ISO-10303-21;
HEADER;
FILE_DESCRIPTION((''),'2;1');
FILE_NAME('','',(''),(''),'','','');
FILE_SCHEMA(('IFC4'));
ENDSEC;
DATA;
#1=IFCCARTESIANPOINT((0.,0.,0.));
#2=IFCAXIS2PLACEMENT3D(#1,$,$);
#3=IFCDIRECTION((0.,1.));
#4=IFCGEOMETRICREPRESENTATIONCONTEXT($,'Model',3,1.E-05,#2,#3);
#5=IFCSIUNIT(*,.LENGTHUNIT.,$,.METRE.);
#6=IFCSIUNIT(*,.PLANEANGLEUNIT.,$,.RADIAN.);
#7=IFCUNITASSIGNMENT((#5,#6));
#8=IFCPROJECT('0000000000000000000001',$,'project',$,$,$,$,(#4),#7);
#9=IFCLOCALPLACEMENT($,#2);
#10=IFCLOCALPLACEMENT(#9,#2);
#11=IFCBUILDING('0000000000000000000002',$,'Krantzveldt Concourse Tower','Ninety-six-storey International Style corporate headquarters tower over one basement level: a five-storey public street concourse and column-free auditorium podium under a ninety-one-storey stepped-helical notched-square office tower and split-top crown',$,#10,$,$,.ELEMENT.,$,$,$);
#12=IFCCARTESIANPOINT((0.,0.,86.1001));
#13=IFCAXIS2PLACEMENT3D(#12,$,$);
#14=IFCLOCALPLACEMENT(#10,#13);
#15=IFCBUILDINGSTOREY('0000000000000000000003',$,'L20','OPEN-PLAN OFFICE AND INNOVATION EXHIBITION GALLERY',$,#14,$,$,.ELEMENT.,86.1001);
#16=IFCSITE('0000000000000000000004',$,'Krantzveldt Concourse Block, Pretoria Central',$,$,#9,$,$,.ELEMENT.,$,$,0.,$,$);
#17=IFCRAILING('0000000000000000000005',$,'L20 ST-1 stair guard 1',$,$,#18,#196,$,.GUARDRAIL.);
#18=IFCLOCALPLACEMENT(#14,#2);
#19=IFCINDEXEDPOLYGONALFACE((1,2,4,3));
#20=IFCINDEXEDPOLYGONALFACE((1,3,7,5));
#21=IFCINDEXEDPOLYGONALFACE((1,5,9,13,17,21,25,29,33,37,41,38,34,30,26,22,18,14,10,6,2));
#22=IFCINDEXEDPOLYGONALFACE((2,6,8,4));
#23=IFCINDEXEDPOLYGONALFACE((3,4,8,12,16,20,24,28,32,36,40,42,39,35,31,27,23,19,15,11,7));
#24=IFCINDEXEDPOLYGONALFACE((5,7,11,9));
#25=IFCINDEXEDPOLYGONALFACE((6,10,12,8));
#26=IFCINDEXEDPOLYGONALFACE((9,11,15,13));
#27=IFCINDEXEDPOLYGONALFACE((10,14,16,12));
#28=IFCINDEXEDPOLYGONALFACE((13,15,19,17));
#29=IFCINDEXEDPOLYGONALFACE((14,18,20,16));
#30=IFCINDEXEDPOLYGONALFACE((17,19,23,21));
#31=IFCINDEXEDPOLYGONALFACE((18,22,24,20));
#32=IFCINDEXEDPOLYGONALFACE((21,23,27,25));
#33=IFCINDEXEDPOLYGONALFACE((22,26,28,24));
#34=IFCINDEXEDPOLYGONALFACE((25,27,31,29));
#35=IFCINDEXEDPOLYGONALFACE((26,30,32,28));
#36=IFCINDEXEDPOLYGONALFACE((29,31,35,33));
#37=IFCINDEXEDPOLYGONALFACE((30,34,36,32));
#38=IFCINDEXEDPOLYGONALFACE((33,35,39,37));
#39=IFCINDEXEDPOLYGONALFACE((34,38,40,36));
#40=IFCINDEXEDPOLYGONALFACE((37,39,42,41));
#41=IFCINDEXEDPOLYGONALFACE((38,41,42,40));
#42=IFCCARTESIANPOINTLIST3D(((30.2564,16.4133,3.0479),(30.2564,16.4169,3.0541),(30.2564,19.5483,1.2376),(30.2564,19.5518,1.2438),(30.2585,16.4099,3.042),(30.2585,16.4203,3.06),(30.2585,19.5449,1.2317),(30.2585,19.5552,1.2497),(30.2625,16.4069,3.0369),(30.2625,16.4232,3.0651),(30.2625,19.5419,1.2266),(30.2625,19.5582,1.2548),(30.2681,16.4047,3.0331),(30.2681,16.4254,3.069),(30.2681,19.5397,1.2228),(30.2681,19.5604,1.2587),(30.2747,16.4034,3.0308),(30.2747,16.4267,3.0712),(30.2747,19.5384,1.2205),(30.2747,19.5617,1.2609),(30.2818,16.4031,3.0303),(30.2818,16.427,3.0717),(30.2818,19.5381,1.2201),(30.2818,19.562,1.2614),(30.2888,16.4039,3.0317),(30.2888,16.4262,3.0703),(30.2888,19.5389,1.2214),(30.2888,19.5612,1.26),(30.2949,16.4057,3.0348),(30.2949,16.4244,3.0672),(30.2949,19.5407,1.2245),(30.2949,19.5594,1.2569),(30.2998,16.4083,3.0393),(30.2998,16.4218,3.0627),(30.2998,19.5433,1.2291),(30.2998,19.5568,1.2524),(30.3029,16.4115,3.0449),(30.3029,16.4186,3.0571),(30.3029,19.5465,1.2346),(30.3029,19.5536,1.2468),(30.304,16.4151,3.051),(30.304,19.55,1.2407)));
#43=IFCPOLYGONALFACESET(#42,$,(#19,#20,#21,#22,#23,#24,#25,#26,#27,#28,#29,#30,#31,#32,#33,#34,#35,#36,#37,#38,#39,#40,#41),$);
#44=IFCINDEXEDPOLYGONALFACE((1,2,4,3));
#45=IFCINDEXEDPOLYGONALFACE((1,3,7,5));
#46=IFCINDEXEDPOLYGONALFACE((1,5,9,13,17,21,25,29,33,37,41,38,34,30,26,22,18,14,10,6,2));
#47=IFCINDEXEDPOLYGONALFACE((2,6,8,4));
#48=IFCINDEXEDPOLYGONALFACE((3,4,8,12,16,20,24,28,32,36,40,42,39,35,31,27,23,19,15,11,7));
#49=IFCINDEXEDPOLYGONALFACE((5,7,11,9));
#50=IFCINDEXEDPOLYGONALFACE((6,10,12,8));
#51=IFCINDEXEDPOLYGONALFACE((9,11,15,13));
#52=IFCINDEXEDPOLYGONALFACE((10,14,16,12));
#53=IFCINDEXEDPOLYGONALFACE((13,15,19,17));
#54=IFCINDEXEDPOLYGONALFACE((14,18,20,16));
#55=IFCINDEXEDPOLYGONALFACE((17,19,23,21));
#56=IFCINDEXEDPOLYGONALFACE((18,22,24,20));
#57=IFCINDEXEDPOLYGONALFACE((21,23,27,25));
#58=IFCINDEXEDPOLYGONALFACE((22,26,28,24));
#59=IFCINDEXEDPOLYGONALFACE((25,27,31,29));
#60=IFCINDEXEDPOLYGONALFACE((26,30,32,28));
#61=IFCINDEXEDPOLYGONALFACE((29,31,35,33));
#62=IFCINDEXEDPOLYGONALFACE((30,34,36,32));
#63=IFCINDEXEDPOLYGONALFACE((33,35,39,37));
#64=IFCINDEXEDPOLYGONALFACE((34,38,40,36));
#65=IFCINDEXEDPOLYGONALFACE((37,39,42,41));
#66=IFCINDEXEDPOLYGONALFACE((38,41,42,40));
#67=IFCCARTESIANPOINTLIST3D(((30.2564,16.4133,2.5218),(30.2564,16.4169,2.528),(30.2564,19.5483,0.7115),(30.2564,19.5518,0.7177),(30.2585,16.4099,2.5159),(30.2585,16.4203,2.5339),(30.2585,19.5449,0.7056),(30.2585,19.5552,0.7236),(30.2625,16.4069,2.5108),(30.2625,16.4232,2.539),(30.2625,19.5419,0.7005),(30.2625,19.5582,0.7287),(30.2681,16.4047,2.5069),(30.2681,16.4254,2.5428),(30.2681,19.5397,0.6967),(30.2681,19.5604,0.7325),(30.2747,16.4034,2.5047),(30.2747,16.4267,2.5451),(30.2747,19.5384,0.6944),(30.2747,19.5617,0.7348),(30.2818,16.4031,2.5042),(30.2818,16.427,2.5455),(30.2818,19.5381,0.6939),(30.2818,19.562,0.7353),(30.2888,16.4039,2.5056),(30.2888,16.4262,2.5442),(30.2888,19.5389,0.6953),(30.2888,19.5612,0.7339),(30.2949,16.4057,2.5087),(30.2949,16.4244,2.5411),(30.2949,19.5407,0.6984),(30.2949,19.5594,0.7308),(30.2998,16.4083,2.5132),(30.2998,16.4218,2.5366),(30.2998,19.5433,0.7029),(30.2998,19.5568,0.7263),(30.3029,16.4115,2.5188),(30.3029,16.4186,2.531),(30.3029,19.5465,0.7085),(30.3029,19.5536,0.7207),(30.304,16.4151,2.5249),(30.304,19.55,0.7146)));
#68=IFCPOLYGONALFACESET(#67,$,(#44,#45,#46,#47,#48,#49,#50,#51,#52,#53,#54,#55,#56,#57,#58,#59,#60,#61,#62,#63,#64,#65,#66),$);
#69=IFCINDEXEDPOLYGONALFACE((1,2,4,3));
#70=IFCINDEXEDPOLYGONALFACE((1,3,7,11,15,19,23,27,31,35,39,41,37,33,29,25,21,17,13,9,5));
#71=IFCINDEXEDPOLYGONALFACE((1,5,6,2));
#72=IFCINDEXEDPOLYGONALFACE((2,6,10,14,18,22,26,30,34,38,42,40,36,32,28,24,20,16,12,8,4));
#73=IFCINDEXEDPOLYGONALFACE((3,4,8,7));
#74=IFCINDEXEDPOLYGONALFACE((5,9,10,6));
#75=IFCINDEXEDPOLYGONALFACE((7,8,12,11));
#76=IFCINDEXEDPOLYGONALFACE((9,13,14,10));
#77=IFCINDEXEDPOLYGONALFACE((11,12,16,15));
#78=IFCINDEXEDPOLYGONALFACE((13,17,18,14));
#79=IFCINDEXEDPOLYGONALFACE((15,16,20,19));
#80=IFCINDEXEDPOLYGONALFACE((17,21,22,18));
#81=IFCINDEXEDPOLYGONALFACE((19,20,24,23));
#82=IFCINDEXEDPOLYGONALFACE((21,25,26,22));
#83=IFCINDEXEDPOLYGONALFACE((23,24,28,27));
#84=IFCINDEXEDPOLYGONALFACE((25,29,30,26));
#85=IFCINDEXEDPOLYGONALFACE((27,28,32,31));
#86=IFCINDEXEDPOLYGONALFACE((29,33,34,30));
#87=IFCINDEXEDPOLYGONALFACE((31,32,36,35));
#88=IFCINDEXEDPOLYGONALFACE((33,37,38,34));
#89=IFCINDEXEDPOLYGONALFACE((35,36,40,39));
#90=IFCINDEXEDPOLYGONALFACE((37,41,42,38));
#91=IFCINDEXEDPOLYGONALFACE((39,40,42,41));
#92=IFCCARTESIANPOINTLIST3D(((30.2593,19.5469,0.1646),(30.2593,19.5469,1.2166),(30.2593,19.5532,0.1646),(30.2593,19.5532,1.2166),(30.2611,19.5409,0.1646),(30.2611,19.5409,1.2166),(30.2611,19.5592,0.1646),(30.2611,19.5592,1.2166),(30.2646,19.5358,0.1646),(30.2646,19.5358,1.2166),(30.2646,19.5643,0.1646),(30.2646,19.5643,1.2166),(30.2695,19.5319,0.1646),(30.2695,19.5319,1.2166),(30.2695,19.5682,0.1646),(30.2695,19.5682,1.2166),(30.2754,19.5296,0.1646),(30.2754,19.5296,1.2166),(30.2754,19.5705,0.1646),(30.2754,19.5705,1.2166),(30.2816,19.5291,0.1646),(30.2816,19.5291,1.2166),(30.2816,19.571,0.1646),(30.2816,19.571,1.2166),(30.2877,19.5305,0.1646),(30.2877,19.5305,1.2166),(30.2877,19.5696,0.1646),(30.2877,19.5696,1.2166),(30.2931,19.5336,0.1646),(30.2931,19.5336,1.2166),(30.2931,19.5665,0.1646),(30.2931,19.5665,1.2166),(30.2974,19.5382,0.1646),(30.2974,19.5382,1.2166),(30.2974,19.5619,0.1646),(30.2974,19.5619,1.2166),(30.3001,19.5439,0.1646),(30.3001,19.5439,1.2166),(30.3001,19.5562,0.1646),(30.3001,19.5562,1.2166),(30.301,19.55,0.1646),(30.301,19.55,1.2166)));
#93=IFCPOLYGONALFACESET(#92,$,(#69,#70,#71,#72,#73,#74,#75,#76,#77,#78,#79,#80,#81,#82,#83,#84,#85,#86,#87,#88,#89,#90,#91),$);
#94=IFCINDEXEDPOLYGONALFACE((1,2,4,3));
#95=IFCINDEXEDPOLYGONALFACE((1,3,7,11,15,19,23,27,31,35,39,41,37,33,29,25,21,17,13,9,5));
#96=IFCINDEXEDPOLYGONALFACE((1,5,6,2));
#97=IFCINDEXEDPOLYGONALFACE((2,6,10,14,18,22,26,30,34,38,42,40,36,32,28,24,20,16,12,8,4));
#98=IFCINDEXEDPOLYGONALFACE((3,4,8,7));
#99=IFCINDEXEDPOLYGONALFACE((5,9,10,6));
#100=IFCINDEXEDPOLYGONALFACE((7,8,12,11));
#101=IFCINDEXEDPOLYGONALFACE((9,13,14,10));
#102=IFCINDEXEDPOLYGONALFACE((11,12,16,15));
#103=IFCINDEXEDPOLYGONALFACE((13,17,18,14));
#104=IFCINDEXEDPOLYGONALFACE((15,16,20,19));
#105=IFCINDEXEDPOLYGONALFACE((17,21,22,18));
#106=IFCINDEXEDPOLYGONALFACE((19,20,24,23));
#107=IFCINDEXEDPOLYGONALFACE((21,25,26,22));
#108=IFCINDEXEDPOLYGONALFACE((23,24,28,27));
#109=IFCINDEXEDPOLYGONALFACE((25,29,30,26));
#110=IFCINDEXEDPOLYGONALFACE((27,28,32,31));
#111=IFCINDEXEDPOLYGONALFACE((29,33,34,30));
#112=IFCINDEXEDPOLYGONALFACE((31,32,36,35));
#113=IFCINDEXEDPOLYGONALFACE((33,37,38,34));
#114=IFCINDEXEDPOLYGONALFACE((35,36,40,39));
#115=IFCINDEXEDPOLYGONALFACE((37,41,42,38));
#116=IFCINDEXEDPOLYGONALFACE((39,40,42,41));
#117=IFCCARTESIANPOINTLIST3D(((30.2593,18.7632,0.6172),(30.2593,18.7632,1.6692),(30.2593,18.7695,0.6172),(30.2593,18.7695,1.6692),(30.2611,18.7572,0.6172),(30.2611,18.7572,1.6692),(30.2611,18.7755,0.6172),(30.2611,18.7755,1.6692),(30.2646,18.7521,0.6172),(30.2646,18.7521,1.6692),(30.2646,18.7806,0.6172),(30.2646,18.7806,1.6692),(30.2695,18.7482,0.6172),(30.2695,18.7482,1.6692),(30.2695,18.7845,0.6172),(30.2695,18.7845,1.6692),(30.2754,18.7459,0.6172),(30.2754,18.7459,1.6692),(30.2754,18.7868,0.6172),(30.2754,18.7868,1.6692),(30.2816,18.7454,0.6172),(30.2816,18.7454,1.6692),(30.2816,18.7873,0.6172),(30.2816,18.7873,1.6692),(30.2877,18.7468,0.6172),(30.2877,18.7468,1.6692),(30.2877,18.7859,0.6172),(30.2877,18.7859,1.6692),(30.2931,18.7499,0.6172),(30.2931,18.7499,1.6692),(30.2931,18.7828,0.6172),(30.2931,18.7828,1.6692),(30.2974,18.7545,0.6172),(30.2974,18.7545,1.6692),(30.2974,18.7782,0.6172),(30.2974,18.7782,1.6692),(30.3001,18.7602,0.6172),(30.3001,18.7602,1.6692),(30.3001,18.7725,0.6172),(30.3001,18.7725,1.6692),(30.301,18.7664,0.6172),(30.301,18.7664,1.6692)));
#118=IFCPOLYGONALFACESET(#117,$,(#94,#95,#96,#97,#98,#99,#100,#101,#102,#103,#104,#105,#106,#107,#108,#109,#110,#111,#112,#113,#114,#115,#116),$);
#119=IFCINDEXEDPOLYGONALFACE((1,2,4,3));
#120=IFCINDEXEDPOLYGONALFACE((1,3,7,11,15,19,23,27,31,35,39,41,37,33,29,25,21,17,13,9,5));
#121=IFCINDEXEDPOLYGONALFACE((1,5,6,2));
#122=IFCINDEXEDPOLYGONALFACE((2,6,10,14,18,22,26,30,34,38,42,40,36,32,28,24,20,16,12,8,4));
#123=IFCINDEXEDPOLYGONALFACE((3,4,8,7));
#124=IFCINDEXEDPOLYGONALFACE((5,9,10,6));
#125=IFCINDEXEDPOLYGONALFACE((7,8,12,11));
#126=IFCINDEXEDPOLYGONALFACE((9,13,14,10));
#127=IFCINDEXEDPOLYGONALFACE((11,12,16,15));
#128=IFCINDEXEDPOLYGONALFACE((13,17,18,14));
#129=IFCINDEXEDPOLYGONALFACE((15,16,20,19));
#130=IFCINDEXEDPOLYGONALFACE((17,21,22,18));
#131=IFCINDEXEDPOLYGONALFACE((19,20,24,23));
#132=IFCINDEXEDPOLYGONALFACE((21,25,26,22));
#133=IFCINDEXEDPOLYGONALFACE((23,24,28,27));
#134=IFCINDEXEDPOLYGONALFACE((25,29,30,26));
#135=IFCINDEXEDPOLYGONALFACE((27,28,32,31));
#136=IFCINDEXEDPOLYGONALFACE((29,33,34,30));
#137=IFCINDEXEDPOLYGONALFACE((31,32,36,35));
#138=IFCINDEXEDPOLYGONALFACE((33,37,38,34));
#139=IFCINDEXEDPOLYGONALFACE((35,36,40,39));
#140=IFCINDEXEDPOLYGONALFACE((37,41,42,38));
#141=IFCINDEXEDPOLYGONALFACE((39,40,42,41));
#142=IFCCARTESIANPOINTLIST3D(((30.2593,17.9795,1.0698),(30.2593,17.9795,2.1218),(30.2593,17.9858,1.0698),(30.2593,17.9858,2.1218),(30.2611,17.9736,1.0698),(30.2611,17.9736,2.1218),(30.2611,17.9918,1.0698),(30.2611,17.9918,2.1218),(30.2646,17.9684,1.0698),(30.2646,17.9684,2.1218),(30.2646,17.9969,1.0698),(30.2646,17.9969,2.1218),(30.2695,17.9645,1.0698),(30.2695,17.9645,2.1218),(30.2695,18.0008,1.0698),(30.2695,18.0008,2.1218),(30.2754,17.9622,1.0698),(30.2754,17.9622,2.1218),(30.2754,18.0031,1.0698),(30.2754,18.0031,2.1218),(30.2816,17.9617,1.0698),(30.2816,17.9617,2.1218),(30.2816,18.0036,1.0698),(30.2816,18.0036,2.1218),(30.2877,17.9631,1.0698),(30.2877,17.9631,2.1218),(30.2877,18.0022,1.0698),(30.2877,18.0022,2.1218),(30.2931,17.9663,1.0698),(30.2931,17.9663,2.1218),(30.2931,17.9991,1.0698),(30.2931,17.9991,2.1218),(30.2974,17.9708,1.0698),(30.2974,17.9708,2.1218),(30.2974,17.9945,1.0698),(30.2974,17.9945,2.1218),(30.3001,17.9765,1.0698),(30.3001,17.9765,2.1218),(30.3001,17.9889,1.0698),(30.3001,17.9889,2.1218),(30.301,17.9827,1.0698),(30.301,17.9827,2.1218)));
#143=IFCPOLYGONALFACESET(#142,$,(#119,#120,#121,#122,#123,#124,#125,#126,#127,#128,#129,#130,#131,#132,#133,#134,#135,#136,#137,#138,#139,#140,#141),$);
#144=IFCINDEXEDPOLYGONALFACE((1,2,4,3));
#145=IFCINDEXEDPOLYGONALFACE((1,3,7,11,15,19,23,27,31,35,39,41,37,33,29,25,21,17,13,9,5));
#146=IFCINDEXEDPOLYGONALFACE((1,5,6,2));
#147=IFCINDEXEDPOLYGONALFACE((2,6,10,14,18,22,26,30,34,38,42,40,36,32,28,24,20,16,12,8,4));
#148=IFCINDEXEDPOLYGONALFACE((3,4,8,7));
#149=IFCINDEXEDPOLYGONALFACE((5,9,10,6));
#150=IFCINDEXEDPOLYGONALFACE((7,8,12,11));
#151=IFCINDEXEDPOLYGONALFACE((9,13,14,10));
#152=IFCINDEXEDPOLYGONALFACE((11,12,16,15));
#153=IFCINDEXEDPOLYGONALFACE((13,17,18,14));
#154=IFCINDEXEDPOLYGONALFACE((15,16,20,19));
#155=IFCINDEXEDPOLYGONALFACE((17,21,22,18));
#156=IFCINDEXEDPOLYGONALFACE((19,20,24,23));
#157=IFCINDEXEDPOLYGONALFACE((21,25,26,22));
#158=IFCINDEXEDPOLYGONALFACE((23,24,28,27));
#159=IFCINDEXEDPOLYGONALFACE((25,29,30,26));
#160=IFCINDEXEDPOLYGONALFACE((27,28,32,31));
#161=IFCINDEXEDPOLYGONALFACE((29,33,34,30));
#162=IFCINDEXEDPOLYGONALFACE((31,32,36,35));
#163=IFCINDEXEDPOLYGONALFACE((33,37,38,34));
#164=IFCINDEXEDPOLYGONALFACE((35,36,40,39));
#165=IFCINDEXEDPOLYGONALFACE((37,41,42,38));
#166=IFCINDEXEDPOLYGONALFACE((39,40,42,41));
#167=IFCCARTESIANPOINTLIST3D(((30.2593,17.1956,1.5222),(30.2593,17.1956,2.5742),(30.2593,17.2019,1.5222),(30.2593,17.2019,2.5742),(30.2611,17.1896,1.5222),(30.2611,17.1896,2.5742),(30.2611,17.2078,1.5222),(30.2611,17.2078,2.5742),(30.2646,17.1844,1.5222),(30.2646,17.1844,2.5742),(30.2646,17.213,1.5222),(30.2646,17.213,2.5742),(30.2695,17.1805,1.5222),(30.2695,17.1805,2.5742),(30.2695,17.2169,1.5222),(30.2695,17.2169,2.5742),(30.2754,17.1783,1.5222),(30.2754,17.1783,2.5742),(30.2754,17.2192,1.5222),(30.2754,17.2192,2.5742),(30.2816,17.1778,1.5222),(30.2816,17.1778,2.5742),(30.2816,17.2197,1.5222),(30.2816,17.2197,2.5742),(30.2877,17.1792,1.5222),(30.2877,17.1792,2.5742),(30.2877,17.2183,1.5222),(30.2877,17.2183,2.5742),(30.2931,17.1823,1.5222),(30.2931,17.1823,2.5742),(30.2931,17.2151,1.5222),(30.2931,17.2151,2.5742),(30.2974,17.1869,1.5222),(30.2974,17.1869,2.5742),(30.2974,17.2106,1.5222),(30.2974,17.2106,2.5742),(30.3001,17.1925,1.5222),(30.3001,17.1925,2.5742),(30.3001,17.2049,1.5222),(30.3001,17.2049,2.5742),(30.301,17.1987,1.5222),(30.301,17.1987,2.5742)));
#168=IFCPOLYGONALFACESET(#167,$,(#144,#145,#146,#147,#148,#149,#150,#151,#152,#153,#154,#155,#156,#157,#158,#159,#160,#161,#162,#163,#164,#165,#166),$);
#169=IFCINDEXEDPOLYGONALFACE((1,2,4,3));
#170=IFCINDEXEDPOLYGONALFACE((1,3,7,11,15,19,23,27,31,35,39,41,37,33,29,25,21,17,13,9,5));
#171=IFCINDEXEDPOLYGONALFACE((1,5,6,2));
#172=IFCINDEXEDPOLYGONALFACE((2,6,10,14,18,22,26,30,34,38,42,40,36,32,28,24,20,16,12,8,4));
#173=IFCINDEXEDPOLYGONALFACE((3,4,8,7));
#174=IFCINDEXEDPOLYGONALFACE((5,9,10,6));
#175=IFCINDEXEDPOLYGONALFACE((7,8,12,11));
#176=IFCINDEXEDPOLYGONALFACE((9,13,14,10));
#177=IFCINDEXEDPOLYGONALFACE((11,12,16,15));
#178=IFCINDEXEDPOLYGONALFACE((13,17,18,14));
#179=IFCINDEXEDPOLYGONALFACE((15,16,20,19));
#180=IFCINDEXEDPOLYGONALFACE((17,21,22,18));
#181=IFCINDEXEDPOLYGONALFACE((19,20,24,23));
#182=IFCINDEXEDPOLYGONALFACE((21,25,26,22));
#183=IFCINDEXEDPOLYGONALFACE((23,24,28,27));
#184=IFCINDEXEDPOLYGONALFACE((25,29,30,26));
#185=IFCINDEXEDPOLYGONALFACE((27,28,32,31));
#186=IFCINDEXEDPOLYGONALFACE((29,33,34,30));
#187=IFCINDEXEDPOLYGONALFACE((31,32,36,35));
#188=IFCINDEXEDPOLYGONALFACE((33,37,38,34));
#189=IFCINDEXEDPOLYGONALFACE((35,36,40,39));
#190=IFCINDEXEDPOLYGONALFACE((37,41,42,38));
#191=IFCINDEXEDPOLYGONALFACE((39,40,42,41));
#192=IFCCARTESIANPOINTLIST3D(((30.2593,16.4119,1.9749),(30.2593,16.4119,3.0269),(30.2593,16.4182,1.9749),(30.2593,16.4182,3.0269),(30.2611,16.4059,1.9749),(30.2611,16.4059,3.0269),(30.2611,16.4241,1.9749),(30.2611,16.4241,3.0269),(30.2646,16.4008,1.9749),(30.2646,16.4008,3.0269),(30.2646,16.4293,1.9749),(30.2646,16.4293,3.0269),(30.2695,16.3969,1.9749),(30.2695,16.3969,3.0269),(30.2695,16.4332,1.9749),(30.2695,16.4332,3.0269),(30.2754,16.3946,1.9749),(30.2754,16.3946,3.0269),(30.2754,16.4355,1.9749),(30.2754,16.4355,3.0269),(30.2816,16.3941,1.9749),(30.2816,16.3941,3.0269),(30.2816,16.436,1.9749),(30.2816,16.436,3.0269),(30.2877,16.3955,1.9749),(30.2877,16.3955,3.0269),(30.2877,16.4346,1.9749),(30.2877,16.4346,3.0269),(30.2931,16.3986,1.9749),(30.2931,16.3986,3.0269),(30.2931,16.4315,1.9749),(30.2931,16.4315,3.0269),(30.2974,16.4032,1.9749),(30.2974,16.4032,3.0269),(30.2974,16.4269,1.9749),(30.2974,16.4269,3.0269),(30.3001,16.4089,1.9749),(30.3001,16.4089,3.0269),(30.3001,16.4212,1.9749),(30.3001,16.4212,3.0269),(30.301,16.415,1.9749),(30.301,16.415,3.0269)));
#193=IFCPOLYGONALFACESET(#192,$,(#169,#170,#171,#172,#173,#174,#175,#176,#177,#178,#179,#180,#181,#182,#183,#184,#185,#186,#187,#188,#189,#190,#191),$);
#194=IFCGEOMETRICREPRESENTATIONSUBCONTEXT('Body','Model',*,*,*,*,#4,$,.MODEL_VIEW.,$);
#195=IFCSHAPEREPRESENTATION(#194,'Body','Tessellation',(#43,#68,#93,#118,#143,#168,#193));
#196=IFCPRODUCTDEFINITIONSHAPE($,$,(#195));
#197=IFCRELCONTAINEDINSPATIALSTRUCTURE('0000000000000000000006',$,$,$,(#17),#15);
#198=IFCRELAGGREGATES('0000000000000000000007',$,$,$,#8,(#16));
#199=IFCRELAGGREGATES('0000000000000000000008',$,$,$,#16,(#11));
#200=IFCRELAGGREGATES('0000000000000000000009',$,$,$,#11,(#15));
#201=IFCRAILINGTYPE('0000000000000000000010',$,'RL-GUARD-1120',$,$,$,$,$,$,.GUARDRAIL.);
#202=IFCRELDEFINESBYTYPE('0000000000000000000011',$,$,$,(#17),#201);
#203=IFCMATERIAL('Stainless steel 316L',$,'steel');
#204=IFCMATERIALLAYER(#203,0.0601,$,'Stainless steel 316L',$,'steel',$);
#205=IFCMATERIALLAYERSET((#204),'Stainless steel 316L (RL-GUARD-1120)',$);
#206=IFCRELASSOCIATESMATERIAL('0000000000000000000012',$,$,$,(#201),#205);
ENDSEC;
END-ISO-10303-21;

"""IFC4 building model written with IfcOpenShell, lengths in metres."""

from ifc_helpers import new_model, si_unit, direction, frame, origin, origin_2d, place, context, subcontext, project, spatial, circle, extrude, material, layer, layer_set, type_object, element, save


model = new_model("IFC4")

# Units and contexts
model_context = context("Model", 3, precision=1e-05, world=origin(), true_north=direction((0.0, 1.0)))
body_context = subcontext(model_context, "Body", "Model", "MODEL_VIEW")
ifc_project = project(units=[si_unit("LENGTHUNIT", "METRE"), si_unit("PLANEANGLEUNIT", "RADIAN")], contexts=[model_context])

# Site, building, storey
site_placement = place(None, origin())
site = spatial("IfcSite", under=ifc_project, at=site_placement, Name="Krantzveldt Concourse Block, Pretoria Central", CompositionType="ELEMENT", RefElevation=0.0)
building_placement = place(site_placement, origin())
building = spatial("IfcBuilding", under=site, at=building_placement, Name="Krantzveldt Concourse Tower", Description="Ninety-six-storey International Style corporate headquarters tower over one basement level: a five-storey public street concourse and column-free auditorium podium under a ninety-one-storey stepped-helical notched-square office tower and split-top crown", CompositionType="ELEMENT")
storey_placement = place(building_placement, frame((0.0, 0.0, 86.1001)))
storey = spatial("IfcBuildingStorey", under=building, at=storey_placement, Name="L20", Description="OPEN-PLAN OFFICE AND INNOVATION EXHIBITION GALLERY", CompositionType="ELEMENT", Elevation=86.1001)

# Railing
ifc_material_1 = material(Name="Stainless steel 316L", Category="steel")
ifc_layer_1 = layer(ifc_material_1, 0.0601, Name="Stainless steel 316L", Category="steel")
ifc_layer_set_1 = layer_set([ifc_layer_1], Name="Stainless steel 316L (RL-GUARD-1120)")
railing_type_1 = type_object("IfcRailingType", Name="RL-GUARD-1120", PredefinedType="GUARDRAIL", material=ifc_layer_set_1)
railing_1_placement = place(storey_placement, frame((30.28, 19.55, 0.1646)))
element("IfcRailing", 1, at=railing_1_placement, inside=storey, type_object=railing_type_1, Name="L20 ST-1 stair guard 1", PredefinedType="GUARDRAIL", context=body_context, shape_type="SweptSolid", body=[
    extrude(circle(Radius=0.0239, at=origin_2d()), frame((0.0, 0.0, 1.0762), z_axis=(0.0, -0.865989, 0.500063), x_axis=(1.0, 0.0, 0.0)), (0.0, 0.0, 1.0), 3.6201),
    extrude(circle(Radius=0.0239, at=origin_2d()), frame((0.0, 0.0, 0.55), z_axis=(0.0, -0.865989, 0.500063), x_axis=(1.0, 0.0, 0.0)), (0.0, 0.0, 1.0), 3.6201),
    extrude(circle(Radius=0.021, at=origin_2d()), origin(), (0.0, 0.0, 1.0), 1.052),
    extrude(circle(Radius=0.021, at=origin_2d()), frame((0.0, -0.7837, 0.4526)), (0.0, 0.0, 1.0), 1.052),
    extrude(circle(Radius=0.021, at=origin_2d()), frame((0.0, -1.5674, 0.9053)), (0.0, 0.0, 1.0), 1.052),
    extrude(circle(Radius=0.021, at=origin_2d()), frame((0.0, -2.3513, 1.3577)), (0.0, 0.0, 1.0), 1.052),
    extrude(circle(Radius=0.021, at=origin_2d()), frame((0.0, -3.135, 1.8103)), (0.0, 0.0, 1.0), 1.052),
])

save(model, "model.ifc")
